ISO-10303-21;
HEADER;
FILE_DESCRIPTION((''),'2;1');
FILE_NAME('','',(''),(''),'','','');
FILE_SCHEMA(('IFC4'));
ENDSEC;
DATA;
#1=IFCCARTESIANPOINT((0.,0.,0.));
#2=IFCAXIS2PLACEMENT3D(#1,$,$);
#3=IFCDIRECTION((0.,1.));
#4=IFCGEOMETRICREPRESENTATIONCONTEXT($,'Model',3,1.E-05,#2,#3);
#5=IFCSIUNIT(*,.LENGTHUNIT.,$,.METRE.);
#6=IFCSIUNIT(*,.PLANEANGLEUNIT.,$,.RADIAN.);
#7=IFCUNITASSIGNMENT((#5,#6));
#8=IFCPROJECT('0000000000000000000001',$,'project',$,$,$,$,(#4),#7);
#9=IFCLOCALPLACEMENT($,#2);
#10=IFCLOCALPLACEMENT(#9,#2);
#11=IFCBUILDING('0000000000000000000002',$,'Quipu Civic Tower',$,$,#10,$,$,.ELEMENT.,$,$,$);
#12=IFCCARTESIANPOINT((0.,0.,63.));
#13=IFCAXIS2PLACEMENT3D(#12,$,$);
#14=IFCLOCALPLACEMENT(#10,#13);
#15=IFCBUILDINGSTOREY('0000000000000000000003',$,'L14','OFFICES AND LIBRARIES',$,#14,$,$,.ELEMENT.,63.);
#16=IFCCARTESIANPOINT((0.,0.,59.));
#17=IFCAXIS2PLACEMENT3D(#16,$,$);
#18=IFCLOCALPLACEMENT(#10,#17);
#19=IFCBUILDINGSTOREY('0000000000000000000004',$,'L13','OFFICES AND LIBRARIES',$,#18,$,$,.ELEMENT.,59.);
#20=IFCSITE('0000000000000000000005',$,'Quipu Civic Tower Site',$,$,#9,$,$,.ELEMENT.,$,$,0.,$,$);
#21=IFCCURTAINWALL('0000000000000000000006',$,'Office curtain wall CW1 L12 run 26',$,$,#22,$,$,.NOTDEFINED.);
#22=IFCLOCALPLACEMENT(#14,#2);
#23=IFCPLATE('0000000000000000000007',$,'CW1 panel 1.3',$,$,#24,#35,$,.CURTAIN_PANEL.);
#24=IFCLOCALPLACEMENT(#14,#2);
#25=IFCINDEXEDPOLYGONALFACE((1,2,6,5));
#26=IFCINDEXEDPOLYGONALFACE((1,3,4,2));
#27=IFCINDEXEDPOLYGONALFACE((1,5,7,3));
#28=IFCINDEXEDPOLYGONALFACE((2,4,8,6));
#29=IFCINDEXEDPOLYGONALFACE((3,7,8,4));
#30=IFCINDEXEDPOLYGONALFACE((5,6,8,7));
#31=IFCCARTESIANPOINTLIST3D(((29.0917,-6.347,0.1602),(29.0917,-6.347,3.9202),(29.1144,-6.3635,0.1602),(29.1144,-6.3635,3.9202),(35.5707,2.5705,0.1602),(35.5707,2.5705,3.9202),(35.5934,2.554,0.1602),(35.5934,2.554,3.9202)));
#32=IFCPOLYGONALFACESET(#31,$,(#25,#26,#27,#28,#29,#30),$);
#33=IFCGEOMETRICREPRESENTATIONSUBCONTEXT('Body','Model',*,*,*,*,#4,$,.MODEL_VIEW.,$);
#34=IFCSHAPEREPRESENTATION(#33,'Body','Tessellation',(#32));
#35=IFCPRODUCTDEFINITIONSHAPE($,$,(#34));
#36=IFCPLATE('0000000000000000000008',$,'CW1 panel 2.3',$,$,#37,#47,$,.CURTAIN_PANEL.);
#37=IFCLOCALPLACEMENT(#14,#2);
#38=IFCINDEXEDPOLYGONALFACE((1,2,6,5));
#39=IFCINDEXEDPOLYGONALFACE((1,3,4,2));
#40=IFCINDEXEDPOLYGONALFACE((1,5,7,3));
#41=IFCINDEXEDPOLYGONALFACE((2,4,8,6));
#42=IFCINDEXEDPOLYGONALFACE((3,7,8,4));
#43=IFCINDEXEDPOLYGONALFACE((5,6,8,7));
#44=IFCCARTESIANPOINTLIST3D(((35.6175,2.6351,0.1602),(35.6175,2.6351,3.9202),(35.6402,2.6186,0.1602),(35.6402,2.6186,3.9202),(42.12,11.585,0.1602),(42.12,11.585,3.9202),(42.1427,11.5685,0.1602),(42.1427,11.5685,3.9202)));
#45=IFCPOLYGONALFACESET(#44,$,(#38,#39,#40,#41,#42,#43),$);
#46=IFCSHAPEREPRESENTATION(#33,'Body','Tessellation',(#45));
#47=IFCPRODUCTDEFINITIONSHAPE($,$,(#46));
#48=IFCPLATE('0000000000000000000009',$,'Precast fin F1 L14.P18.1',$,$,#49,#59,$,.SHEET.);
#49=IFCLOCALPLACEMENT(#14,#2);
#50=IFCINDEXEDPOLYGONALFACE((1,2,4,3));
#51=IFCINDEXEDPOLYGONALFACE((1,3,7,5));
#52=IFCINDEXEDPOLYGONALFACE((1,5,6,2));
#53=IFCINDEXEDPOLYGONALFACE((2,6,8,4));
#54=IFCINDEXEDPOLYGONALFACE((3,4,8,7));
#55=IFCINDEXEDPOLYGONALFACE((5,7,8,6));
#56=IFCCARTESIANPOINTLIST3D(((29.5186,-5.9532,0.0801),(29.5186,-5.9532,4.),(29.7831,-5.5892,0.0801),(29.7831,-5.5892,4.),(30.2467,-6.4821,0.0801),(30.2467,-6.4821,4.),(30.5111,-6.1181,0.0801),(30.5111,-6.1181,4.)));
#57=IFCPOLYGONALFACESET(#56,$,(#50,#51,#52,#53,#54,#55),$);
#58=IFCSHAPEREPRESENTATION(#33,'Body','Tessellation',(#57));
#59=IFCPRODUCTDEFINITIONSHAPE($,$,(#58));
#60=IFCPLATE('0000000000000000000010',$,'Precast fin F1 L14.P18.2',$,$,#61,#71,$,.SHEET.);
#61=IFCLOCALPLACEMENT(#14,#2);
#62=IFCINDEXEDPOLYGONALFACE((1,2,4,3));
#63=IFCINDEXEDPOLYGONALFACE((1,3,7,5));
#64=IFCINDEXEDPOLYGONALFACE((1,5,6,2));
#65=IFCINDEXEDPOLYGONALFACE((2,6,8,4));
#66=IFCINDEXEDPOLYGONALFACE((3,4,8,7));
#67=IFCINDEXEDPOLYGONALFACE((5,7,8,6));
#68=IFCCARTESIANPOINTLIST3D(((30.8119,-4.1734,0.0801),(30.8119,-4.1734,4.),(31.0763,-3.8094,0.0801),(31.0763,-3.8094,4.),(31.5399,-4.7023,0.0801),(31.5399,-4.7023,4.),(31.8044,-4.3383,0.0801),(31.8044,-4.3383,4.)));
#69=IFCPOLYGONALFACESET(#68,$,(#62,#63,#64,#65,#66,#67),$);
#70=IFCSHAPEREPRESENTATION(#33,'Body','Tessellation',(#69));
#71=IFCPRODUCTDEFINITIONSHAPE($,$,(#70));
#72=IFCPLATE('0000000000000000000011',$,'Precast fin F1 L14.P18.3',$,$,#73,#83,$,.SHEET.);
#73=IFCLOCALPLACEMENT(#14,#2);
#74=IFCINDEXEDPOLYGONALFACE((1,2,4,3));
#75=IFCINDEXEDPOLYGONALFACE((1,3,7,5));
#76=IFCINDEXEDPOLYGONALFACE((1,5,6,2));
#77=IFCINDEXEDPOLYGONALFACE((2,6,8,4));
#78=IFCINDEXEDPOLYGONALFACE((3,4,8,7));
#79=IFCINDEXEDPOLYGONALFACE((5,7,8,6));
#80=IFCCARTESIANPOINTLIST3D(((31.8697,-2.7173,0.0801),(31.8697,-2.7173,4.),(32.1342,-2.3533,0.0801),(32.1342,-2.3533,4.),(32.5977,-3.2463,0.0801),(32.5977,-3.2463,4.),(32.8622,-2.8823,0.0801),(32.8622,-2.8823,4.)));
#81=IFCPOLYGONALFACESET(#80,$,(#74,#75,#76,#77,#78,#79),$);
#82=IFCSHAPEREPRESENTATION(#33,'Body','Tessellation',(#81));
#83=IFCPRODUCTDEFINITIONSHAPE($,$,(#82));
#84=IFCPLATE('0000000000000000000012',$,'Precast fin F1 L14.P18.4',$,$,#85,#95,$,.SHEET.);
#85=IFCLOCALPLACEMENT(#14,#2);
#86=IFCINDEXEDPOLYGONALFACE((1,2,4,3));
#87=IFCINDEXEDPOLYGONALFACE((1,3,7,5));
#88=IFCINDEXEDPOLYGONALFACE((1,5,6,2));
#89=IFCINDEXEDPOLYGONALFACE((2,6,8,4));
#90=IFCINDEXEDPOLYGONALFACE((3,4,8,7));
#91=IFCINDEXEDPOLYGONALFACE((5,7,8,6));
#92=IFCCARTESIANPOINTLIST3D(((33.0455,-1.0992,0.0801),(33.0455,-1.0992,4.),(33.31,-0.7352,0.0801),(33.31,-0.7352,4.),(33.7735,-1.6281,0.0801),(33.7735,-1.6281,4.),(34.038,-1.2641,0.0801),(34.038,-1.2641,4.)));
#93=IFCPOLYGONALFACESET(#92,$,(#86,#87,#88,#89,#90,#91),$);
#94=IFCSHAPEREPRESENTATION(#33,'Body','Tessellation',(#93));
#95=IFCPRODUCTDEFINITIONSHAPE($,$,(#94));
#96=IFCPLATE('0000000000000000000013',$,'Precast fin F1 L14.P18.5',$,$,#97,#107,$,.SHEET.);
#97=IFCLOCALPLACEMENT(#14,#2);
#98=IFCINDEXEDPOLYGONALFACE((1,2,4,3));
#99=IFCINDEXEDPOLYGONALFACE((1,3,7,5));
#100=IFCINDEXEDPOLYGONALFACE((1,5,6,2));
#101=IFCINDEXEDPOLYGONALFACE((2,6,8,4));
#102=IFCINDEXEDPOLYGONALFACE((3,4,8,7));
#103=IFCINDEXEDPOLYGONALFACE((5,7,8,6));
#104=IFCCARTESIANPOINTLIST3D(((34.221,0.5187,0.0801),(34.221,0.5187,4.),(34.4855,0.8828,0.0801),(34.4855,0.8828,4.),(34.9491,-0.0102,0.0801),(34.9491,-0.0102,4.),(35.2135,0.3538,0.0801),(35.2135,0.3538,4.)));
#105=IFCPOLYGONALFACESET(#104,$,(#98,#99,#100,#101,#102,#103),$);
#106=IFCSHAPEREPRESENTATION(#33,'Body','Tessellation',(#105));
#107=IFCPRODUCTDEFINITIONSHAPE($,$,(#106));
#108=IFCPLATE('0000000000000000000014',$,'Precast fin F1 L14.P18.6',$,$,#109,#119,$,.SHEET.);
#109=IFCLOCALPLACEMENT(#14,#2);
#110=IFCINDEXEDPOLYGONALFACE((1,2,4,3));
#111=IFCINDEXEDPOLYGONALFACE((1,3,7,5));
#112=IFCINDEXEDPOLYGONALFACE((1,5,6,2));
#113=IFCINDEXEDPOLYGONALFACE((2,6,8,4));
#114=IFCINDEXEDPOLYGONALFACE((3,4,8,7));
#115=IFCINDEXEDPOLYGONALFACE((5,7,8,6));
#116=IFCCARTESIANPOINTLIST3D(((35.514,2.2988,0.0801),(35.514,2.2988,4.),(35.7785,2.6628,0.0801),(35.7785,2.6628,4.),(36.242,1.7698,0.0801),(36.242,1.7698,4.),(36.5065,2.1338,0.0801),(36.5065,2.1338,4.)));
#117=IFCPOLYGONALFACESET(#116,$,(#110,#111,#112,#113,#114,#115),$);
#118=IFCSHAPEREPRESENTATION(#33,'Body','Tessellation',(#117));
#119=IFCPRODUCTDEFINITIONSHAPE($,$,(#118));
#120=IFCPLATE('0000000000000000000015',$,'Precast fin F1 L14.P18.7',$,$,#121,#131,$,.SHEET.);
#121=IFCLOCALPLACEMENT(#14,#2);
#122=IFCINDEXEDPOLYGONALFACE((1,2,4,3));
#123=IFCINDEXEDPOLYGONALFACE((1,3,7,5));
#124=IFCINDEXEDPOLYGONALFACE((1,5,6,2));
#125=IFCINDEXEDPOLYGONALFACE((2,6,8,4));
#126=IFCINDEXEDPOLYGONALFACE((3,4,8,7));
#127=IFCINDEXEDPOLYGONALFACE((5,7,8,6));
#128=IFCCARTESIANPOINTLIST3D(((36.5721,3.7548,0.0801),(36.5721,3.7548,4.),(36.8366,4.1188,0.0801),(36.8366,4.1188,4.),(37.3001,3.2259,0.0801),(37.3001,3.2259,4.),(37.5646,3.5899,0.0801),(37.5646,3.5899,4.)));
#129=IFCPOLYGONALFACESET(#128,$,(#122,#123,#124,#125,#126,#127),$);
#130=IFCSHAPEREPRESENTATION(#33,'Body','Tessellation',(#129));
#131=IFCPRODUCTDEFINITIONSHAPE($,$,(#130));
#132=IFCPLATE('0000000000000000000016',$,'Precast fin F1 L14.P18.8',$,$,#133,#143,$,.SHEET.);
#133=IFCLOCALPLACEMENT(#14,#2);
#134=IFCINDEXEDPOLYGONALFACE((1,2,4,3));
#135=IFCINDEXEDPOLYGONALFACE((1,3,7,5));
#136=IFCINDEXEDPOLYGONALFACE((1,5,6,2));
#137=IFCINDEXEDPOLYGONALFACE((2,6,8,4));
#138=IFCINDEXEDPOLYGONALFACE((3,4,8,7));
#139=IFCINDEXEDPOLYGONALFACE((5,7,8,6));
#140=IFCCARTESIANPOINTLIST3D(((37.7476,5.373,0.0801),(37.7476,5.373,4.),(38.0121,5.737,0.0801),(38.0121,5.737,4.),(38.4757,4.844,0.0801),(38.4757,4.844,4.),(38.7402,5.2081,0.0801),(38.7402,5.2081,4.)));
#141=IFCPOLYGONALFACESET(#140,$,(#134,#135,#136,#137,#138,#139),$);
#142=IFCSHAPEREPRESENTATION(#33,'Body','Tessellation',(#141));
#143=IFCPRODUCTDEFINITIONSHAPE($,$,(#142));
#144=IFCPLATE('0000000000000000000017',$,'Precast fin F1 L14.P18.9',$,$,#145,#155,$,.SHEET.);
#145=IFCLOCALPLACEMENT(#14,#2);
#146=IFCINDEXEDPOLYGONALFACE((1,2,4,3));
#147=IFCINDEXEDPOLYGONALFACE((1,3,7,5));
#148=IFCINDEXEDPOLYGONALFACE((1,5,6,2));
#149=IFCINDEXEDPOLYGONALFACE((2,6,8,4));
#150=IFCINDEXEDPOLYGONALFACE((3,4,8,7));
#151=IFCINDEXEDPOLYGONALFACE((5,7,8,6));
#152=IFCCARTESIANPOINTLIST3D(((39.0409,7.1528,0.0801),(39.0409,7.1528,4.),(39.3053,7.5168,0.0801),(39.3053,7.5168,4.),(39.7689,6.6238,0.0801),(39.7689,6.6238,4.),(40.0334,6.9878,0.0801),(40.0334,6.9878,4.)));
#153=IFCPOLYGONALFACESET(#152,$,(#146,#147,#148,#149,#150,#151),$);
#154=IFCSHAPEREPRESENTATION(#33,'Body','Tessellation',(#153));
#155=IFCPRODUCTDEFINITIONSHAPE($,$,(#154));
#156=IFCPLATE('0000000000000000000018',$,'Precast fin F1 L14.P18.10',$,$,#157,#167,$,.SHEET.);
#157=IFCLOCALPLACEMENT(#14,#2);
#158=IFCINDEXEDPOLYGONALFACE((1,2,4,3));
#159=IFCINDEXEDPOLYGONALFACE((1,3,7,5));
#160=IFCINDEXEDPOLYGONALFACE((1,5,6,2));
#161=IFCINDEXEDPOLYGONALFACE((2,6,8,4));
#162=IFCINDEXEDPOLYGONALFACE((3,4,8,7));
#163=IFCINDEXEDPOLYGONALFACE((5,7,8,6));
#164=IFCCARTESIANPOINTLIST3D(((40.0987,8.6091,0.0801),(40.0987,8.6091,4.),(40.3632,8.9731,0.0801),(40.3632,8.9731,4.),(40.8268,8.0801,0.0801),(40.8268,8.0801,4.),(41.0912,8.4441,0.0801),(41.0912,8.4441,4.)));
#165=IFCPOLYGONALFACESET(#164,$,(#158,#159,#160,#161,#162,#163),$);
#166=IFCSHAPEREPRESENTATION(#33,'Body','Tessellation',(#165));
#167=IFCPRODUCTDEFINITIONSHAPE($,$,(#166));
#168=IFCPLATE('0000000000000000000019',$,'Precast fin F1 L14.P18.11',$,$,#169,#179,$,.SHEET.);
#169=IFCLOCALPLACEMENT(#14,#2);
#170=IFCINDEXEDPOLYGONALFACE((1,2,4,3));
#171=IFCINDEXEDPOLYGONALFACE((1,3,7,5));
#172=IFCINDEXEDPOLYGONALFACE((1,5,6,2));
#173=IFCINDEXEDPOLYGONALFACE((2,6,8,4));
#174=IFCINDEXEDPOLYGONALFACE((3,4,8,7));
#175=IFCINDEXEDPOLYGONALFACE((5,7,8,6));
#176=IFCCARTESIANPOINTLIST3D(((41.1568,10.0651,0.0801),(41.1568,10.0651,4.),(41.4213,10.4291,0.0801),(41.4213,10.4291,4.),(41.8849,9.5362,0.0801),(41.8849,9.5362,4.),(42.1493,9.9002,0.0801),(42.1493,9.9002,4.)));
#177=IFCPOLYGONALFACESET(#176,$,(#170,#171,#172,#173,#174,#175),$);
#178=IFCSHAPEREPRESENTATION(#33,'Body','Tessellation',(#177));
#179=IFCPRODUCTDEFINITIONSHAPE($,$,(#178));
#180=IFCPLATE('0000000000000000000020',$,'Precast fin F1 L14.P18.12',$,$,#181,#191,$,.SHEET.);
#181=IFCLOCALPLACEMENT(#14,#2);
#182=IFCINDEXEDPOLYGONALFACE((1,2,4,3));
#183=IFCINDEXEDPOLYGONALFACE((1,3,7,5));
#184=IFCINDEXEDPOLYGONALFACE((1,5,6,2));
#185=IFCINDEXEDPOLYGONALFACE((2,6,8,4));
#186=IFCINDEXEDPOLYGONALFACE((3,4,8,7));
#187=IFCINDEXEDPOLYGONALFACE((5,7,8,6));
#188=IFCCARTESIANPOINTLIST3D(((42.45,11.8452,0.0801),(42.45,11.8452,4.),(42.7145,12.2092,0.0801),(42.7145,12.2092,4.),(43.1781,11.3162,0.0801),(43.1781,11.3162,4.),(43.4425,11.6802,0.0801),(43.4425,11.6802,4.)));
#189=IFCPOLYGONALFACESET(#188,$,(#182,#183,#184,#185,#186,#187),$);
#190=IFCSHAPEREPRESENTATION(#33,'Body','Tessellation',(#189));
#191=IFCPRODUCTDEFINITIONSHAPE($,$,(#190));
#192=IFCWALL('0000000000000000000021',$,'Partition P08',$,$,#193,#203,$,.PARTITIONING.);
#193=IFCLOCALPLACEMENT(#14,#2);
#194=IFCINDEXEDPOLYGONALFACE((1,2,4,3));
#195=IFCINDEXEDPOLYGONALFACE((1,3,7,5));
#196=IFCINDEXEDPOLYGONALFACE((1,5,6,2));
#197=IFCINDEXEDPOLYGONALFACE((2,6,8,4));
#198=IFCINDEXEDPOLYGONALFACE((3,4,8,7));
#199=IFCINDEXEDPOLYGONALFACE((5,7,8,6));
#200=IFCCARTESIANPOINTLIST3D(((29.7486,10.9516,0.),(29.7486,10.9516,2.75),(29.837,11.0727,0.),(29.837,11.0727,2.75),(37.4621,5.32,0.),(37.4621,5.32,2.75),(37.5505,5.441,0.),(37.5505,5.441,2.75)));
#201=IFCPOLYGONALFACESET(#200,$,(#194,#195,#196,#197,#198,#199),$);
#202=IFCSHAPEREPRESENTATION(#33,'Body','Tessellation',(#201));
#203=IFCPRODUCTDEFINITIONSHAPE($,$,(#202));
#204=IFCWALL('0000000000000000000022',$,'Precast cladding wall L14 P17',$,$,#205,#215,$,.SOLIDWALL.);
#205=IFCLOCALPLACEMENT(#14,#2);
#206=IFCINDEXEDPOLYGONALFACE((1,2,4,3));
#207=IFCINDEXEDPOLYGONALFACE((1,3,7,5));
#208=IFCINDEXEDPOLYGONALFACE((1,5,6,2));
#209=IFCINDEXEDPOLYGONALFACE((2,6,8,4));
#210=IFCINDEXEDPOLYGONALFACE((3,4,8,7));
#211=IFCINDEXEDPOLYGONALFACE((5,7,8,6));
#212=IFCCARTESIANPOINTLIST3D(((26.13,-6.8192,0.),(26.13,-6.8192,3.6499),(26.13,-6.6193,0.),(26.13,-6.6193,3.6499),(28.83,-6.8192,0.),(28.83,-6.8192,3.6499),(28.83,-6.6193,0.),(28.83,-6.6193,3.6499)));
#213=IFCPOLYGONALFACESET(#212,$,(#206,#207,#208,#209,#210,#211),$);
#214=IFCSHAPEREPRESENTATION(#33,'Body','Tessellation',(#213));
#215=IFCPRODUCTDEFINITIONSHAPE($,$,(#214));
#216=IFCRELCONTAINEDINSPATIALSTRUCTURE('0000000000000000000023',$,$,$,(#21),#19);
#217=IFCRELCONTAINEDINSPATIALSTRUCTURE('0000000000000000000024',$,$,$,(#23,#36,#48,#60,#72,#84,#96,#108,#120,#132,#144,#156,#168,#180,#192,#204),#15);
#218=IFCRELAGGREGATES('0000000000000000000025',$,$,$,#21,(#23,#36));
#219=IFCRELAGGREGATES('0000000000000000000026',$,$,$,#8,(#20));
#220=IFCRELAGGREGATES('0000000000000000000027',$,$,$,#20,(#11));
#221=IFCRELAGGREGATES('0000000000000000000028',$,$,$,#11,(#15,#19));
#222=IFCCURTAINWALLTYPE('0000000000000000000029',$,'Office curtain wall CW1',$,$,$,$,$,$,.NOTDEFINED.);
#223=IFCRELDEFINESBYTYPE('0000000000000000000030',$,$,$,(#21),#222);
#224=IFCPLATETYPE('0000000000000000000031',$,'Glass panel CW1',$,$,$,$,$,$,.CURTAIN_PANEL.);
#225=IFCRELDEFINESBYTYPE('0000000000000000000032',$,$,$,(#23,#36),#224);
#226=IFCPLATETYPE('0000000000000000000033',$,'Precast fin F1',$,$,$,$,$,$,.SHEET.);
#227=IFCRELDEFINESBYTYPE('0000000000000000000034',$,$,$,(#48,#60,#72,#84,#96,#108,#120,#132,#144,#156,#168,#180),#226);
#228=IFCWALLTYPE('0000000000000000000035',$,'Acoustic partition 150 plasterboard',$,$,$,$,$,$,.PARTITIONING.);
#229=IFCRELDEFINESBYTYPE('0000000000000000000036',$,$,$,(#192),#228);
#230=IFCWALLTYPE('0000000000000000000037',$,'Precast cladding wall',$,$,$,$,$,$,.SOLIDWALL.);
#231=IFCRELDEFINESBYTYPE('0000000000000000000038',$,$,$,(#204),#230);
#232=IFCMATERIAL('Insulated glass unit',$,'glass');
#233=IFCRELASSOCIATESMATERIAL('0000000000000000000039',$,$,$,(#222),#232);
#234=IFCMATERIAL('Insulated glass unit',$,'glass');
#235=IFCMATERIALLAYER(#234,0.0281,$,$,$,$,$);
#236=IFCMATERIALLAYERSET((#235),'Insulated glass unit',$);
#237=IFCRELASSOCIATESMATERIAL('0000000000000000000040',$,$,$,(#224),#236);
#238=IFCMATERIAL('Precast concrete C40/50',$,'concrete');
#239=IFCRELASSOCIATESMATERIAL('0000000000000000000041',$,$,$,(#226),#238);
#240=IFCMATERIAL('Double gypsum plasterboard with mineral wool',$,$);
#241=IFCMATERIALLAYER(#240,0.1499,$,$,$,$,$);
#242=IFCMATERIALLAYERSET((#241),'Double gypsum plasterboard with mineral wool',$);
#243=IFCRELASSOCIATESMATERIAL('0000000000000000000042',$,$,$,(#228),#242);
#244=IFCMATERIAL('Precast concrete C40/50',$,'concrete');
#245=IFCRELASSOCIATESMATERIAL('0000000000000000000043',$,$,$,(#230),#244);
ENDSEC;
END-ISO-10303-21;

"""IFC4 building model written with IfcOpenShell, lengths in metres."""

from ifc_helpers import new_model, si_unit, direction, frame, frame_2d, origin, origin_2d, place, context, subcontext, project, spatial, rectangle, extrude, material, layer, layer_set, type_object, element, aggregate, save


model = new_model("IFC4")

# Units and contexts
model_context = context("Model", 3, precision=1e-05, world=origin(), true_north=direction((0.0, 1.0)))
body_context = subcontext(model_context, "Body", "Model", "MODEL_VIEW")
ifc_project = project(units=[si_unit("LENGTHUNIT", "METRE"), si_unit("PLANEANGLEUNIT", "RADIAN")], contexts=[model_context])

# Site, building, storey
site_placement = place(None, origin())
site = spatial("IfcSite", under=ifc_project, at=site_placement, Name="Quipu Civic Tower Site", CompositionType="ELEMENT", RefElevation=0.0)
building_placement = place(site_placement, origin())
building = spatial("IfcBuilding", under=site, at=building_placement, Name="Quipu Civic Tower", CompositionType="ELEMENT")
storey_1_placement = place(building_placement, frame((0.0, 0.0, 63.0)))
storey_1 = spatial("IfcBuildingStorey", under=building, at=storey_1_placement, Name="L14", Description="OFFICES AND LIBRARIES", CompositionType="ELEMENT", Elevation=63.0)

# Shared definitions
storey_2_placement = place(building_placement, frame((0.0, 0.0, 59.0)))
storey_2 = spatial("IfcBuildingStorey", under=building, at=storey_2_placement, Name="L13", Description="OFFICES AND LIBRARIES", CompositionType="ELEMENT", Elevation=59.0)

# Curtain wall, plates
ifc_material_1 = material(Name="Insulated glass unit", Category="glass")
curtain_wall_type = type_object("IfcCurtainWallType", Name="Office curtain wall CW1", PredefinedType="NOTDEFINED", material=ifc_material_1)
curtain_wall_placement = place(storey_2_placement, origin())
curtain_wall = element("IfcCurtainWall", 1, at=curtain_wall_placement, inside=storey_2, type_object=curtain_wall_type, Name="Office curtain wall CW1 L12 run 26", PredefinedType="NOTDEFINED")
ifc_material_2 = material(Name="Insulated glass unit", Category="glass")
ifc_layer_1 = layer(ifc_material_2, 0.0281)
ifc_layer_set_1 = layer_set([ifc_layer_1], Name="Insulated glass unit")
plate_type_1 = type_object("IfcPlateType", Name="Glass panel CW1", PredefinedType="CURTAIN_PANEL", material=ifc_layer_set_1)
plate_1_placement = place(storey_1_placement, frame((32.3425, -1.8965, 0.1602), z_axis=(0.0, 0.0, 1.0), x_axis=(0.587786, 0.809017, 0.0)))
plate_1 = element("IfcPlate", 2, at=plate_1_placement, inside=storey_1, type_object=plate_type_1, Name="CW1 panel 1.3", PredefinedType="CURTAIN_PANEL", context=body_context, shape_type="SweptSolid", body=[
    extrude(rectangle(XDim=11.0227, YDim=0.0281, at=origin_2d()), origin(), (0.0, 0.0, 1.0), 3.76),
])
plate_2_placement = place(storey_1_placement, frame((38.8801, 7.1018, 0.1602), z_axis=(0.0, 0.0, 1.0), x_axis=(0.587786, 0.809017, 0.0)))
plate_2 = element("IfcPlate", 3, at=plate_2_placement, inside=storey_1, type_object=plate_type_1, Name="CW1 panel 2.3", PredefinedType="CURTAIN_PANEL", context=body_context, shape_type="SweptSolid", body=[
    extrude(rectangle(XDim=11.0627, YDim=0.0281, at=origin_2d()), origin(), (0.0, 0.0, 1.0), 3.76),
])
aggregate(curtain_wall, [plate_1, plate_2])

# Plates
ifc_material_3 = material(Name="Precast concrete C40/50", Category="concrete")
plate_type_2 = type_object("IfcPlateType", Name="Precast fin F1", PredefinedType="SHEET", material=ifc_material_3)
for number, where, z_axis, x_axis, name in (
    (4, (30.0149, -6.0356, 0.0801), (0.0, 0.0, 1.0), (0.587786, 0.809017, 0.0), "Precast fin F1 L14.P18.1"),
    (5, (31.3081, -4.2559, 0.0801), (0.0, 0.0, 1.0), (0.587786, 0.809017, 0.0), "Precast fin F1 L14.P18.2"),
    (6, (32.366, -2.7998, 0.0801), (0.0, 0.0, 1.0), (0.587786, 0.809017, 0.0), "Precast fin F1 L14.P18.3"),
    (7, (33.5417, -1.1816, 0.0801), (0.0, 0.0, 1.0), (0.587786, 0.809017, 0.0), "Precast fin F1 L14.P18.4"),
    (8, (34.7173, 0.4363, 0.0801), (0.0, 0.0, 1.0), (0.587786, 0.809017, 0.0), "Precast fin F1 L14.P18.5"),
    (9, (36.0103, 2.2163, 0.0801), (0.0, 0.0, 1.0), (0.587786, 0.809017, 0.0), "Precast fin F1 L14.P18.6"),
    (10, (37.0684, 3.6724, 0.0801), (0.0, 0.0, 1.0), (0.587786, 0.809017, 0.0), "Precast fin F1 L14.P18.7"),
    (11, (38.2439, 5.2905, 0.0801), (0.0, 0.0, 1.0), (0.587786, 0.809017, 0.0), "Precast fin F1 L14.P18.8"),
    (12, (39.5371, 7.0703, 0.0801), (0.0, 0.0, 1.0), (0.587786, 0.809017, 0.0), "Precast fin F1 L14.P18.9"),
    (13, (40.595, 8.5266, 0.0801), (0.0, 0.0, 1.0), (0.587786, 0.809017, 0.0), "Precast fin F1 L14.P18.10"),
    (14, (41.6531, 9.9827, 0.0801), (0.0, 0.0, 1.0), (0.587786, 0.809017, 0.0), "Precast fin F1 L14.P18.11"),
    (15, (42.9463, 11.7627, 0.0801), (0.0, 0.0, 1.0), (0.587786, 0.809017, 0.0), "Precast fin F1 L14.P18.12"),
):
    element("IfcPlate", number, at=place(storey_1_placement, frame(where, z_axis=z_axis, x_axis=x_axis)), inside=storey_1, type_object=plate_type_2, Name=name, PredefinedType="SHEET", context=body_context, shape_type="SweptSolid", body=[
        extrude(rectangle(XDim=0.45, YDim=0.8999, at=origin_2d()), origin(), (0.0, 0.0, 1.0), 3.9199),
    ])

# Walls
ifc_material_4 = material(Name="Double gypsum plasterboard with mineral wool")
ifc_layer_2 = layer(ifc_material_4, 0.1499)
ifc_layer_set_2 = layer_set([ifc_layer_2], Name="Double gypsum plasterboard with mineral wool")
wall_type_1 = type_object("IfcWallType", Name="Acoustic partition 150 plasterboard", PredefinedType="PARTITIONING", material=ifc_layer_set_2)
wall_1_placement = place(storey_1_placement, frame((29.7927, 11.0122, 0.0), z_axis=(0.0, 0.0, 1.0), x_axis=(0.807646, -0.589668, 0.0)))
element("IfcWall", 16, at=wall_1_placement, inside=storey_1, type_object=wall_type_1, Name="Partition P08", PredefinedType="PARTITIONING", context=body_context, shape_type="SweptSolid", body=[
    extrude(rectangle(XDim=9.5505, YDim=0.1499, at=frame_2d((4.7754, 0.0))), origin(), (0.0, 0.0, 1.0), 2.75),
])
ifc_material_5 = material(Name="Precast concrete C40/50", Category="concrete")
wall_type_2 = type_object("IfcWallType", Name="Precast cladding wall", PredefinedType="SOLIDWALL", material=ifc_material_5)
wall_2_placement = place(storey_1_placement, frame((26.1299, -6.7192, 0.0), z_axis=(0.0, 0.0, 1.0), x_axis=(1.0, 0.0, 0.0)))
element("IfcWall", 17, at=wall_2_placement, inside=storey_1, type_object=wall_type_2, Name="Precast cladding wall L14 P17", PredefinedType="SOLIDWALL", context=body_context, shape_type="SweptSolid", body=[
    extrude(rectangle(XDim=2.7, YDim=0.2, at=frame_2d((1.3501, 0.0))), origin(), (0.0, 0.0, 1.0), 3.6499),
])

save(model, "model.ifc")
